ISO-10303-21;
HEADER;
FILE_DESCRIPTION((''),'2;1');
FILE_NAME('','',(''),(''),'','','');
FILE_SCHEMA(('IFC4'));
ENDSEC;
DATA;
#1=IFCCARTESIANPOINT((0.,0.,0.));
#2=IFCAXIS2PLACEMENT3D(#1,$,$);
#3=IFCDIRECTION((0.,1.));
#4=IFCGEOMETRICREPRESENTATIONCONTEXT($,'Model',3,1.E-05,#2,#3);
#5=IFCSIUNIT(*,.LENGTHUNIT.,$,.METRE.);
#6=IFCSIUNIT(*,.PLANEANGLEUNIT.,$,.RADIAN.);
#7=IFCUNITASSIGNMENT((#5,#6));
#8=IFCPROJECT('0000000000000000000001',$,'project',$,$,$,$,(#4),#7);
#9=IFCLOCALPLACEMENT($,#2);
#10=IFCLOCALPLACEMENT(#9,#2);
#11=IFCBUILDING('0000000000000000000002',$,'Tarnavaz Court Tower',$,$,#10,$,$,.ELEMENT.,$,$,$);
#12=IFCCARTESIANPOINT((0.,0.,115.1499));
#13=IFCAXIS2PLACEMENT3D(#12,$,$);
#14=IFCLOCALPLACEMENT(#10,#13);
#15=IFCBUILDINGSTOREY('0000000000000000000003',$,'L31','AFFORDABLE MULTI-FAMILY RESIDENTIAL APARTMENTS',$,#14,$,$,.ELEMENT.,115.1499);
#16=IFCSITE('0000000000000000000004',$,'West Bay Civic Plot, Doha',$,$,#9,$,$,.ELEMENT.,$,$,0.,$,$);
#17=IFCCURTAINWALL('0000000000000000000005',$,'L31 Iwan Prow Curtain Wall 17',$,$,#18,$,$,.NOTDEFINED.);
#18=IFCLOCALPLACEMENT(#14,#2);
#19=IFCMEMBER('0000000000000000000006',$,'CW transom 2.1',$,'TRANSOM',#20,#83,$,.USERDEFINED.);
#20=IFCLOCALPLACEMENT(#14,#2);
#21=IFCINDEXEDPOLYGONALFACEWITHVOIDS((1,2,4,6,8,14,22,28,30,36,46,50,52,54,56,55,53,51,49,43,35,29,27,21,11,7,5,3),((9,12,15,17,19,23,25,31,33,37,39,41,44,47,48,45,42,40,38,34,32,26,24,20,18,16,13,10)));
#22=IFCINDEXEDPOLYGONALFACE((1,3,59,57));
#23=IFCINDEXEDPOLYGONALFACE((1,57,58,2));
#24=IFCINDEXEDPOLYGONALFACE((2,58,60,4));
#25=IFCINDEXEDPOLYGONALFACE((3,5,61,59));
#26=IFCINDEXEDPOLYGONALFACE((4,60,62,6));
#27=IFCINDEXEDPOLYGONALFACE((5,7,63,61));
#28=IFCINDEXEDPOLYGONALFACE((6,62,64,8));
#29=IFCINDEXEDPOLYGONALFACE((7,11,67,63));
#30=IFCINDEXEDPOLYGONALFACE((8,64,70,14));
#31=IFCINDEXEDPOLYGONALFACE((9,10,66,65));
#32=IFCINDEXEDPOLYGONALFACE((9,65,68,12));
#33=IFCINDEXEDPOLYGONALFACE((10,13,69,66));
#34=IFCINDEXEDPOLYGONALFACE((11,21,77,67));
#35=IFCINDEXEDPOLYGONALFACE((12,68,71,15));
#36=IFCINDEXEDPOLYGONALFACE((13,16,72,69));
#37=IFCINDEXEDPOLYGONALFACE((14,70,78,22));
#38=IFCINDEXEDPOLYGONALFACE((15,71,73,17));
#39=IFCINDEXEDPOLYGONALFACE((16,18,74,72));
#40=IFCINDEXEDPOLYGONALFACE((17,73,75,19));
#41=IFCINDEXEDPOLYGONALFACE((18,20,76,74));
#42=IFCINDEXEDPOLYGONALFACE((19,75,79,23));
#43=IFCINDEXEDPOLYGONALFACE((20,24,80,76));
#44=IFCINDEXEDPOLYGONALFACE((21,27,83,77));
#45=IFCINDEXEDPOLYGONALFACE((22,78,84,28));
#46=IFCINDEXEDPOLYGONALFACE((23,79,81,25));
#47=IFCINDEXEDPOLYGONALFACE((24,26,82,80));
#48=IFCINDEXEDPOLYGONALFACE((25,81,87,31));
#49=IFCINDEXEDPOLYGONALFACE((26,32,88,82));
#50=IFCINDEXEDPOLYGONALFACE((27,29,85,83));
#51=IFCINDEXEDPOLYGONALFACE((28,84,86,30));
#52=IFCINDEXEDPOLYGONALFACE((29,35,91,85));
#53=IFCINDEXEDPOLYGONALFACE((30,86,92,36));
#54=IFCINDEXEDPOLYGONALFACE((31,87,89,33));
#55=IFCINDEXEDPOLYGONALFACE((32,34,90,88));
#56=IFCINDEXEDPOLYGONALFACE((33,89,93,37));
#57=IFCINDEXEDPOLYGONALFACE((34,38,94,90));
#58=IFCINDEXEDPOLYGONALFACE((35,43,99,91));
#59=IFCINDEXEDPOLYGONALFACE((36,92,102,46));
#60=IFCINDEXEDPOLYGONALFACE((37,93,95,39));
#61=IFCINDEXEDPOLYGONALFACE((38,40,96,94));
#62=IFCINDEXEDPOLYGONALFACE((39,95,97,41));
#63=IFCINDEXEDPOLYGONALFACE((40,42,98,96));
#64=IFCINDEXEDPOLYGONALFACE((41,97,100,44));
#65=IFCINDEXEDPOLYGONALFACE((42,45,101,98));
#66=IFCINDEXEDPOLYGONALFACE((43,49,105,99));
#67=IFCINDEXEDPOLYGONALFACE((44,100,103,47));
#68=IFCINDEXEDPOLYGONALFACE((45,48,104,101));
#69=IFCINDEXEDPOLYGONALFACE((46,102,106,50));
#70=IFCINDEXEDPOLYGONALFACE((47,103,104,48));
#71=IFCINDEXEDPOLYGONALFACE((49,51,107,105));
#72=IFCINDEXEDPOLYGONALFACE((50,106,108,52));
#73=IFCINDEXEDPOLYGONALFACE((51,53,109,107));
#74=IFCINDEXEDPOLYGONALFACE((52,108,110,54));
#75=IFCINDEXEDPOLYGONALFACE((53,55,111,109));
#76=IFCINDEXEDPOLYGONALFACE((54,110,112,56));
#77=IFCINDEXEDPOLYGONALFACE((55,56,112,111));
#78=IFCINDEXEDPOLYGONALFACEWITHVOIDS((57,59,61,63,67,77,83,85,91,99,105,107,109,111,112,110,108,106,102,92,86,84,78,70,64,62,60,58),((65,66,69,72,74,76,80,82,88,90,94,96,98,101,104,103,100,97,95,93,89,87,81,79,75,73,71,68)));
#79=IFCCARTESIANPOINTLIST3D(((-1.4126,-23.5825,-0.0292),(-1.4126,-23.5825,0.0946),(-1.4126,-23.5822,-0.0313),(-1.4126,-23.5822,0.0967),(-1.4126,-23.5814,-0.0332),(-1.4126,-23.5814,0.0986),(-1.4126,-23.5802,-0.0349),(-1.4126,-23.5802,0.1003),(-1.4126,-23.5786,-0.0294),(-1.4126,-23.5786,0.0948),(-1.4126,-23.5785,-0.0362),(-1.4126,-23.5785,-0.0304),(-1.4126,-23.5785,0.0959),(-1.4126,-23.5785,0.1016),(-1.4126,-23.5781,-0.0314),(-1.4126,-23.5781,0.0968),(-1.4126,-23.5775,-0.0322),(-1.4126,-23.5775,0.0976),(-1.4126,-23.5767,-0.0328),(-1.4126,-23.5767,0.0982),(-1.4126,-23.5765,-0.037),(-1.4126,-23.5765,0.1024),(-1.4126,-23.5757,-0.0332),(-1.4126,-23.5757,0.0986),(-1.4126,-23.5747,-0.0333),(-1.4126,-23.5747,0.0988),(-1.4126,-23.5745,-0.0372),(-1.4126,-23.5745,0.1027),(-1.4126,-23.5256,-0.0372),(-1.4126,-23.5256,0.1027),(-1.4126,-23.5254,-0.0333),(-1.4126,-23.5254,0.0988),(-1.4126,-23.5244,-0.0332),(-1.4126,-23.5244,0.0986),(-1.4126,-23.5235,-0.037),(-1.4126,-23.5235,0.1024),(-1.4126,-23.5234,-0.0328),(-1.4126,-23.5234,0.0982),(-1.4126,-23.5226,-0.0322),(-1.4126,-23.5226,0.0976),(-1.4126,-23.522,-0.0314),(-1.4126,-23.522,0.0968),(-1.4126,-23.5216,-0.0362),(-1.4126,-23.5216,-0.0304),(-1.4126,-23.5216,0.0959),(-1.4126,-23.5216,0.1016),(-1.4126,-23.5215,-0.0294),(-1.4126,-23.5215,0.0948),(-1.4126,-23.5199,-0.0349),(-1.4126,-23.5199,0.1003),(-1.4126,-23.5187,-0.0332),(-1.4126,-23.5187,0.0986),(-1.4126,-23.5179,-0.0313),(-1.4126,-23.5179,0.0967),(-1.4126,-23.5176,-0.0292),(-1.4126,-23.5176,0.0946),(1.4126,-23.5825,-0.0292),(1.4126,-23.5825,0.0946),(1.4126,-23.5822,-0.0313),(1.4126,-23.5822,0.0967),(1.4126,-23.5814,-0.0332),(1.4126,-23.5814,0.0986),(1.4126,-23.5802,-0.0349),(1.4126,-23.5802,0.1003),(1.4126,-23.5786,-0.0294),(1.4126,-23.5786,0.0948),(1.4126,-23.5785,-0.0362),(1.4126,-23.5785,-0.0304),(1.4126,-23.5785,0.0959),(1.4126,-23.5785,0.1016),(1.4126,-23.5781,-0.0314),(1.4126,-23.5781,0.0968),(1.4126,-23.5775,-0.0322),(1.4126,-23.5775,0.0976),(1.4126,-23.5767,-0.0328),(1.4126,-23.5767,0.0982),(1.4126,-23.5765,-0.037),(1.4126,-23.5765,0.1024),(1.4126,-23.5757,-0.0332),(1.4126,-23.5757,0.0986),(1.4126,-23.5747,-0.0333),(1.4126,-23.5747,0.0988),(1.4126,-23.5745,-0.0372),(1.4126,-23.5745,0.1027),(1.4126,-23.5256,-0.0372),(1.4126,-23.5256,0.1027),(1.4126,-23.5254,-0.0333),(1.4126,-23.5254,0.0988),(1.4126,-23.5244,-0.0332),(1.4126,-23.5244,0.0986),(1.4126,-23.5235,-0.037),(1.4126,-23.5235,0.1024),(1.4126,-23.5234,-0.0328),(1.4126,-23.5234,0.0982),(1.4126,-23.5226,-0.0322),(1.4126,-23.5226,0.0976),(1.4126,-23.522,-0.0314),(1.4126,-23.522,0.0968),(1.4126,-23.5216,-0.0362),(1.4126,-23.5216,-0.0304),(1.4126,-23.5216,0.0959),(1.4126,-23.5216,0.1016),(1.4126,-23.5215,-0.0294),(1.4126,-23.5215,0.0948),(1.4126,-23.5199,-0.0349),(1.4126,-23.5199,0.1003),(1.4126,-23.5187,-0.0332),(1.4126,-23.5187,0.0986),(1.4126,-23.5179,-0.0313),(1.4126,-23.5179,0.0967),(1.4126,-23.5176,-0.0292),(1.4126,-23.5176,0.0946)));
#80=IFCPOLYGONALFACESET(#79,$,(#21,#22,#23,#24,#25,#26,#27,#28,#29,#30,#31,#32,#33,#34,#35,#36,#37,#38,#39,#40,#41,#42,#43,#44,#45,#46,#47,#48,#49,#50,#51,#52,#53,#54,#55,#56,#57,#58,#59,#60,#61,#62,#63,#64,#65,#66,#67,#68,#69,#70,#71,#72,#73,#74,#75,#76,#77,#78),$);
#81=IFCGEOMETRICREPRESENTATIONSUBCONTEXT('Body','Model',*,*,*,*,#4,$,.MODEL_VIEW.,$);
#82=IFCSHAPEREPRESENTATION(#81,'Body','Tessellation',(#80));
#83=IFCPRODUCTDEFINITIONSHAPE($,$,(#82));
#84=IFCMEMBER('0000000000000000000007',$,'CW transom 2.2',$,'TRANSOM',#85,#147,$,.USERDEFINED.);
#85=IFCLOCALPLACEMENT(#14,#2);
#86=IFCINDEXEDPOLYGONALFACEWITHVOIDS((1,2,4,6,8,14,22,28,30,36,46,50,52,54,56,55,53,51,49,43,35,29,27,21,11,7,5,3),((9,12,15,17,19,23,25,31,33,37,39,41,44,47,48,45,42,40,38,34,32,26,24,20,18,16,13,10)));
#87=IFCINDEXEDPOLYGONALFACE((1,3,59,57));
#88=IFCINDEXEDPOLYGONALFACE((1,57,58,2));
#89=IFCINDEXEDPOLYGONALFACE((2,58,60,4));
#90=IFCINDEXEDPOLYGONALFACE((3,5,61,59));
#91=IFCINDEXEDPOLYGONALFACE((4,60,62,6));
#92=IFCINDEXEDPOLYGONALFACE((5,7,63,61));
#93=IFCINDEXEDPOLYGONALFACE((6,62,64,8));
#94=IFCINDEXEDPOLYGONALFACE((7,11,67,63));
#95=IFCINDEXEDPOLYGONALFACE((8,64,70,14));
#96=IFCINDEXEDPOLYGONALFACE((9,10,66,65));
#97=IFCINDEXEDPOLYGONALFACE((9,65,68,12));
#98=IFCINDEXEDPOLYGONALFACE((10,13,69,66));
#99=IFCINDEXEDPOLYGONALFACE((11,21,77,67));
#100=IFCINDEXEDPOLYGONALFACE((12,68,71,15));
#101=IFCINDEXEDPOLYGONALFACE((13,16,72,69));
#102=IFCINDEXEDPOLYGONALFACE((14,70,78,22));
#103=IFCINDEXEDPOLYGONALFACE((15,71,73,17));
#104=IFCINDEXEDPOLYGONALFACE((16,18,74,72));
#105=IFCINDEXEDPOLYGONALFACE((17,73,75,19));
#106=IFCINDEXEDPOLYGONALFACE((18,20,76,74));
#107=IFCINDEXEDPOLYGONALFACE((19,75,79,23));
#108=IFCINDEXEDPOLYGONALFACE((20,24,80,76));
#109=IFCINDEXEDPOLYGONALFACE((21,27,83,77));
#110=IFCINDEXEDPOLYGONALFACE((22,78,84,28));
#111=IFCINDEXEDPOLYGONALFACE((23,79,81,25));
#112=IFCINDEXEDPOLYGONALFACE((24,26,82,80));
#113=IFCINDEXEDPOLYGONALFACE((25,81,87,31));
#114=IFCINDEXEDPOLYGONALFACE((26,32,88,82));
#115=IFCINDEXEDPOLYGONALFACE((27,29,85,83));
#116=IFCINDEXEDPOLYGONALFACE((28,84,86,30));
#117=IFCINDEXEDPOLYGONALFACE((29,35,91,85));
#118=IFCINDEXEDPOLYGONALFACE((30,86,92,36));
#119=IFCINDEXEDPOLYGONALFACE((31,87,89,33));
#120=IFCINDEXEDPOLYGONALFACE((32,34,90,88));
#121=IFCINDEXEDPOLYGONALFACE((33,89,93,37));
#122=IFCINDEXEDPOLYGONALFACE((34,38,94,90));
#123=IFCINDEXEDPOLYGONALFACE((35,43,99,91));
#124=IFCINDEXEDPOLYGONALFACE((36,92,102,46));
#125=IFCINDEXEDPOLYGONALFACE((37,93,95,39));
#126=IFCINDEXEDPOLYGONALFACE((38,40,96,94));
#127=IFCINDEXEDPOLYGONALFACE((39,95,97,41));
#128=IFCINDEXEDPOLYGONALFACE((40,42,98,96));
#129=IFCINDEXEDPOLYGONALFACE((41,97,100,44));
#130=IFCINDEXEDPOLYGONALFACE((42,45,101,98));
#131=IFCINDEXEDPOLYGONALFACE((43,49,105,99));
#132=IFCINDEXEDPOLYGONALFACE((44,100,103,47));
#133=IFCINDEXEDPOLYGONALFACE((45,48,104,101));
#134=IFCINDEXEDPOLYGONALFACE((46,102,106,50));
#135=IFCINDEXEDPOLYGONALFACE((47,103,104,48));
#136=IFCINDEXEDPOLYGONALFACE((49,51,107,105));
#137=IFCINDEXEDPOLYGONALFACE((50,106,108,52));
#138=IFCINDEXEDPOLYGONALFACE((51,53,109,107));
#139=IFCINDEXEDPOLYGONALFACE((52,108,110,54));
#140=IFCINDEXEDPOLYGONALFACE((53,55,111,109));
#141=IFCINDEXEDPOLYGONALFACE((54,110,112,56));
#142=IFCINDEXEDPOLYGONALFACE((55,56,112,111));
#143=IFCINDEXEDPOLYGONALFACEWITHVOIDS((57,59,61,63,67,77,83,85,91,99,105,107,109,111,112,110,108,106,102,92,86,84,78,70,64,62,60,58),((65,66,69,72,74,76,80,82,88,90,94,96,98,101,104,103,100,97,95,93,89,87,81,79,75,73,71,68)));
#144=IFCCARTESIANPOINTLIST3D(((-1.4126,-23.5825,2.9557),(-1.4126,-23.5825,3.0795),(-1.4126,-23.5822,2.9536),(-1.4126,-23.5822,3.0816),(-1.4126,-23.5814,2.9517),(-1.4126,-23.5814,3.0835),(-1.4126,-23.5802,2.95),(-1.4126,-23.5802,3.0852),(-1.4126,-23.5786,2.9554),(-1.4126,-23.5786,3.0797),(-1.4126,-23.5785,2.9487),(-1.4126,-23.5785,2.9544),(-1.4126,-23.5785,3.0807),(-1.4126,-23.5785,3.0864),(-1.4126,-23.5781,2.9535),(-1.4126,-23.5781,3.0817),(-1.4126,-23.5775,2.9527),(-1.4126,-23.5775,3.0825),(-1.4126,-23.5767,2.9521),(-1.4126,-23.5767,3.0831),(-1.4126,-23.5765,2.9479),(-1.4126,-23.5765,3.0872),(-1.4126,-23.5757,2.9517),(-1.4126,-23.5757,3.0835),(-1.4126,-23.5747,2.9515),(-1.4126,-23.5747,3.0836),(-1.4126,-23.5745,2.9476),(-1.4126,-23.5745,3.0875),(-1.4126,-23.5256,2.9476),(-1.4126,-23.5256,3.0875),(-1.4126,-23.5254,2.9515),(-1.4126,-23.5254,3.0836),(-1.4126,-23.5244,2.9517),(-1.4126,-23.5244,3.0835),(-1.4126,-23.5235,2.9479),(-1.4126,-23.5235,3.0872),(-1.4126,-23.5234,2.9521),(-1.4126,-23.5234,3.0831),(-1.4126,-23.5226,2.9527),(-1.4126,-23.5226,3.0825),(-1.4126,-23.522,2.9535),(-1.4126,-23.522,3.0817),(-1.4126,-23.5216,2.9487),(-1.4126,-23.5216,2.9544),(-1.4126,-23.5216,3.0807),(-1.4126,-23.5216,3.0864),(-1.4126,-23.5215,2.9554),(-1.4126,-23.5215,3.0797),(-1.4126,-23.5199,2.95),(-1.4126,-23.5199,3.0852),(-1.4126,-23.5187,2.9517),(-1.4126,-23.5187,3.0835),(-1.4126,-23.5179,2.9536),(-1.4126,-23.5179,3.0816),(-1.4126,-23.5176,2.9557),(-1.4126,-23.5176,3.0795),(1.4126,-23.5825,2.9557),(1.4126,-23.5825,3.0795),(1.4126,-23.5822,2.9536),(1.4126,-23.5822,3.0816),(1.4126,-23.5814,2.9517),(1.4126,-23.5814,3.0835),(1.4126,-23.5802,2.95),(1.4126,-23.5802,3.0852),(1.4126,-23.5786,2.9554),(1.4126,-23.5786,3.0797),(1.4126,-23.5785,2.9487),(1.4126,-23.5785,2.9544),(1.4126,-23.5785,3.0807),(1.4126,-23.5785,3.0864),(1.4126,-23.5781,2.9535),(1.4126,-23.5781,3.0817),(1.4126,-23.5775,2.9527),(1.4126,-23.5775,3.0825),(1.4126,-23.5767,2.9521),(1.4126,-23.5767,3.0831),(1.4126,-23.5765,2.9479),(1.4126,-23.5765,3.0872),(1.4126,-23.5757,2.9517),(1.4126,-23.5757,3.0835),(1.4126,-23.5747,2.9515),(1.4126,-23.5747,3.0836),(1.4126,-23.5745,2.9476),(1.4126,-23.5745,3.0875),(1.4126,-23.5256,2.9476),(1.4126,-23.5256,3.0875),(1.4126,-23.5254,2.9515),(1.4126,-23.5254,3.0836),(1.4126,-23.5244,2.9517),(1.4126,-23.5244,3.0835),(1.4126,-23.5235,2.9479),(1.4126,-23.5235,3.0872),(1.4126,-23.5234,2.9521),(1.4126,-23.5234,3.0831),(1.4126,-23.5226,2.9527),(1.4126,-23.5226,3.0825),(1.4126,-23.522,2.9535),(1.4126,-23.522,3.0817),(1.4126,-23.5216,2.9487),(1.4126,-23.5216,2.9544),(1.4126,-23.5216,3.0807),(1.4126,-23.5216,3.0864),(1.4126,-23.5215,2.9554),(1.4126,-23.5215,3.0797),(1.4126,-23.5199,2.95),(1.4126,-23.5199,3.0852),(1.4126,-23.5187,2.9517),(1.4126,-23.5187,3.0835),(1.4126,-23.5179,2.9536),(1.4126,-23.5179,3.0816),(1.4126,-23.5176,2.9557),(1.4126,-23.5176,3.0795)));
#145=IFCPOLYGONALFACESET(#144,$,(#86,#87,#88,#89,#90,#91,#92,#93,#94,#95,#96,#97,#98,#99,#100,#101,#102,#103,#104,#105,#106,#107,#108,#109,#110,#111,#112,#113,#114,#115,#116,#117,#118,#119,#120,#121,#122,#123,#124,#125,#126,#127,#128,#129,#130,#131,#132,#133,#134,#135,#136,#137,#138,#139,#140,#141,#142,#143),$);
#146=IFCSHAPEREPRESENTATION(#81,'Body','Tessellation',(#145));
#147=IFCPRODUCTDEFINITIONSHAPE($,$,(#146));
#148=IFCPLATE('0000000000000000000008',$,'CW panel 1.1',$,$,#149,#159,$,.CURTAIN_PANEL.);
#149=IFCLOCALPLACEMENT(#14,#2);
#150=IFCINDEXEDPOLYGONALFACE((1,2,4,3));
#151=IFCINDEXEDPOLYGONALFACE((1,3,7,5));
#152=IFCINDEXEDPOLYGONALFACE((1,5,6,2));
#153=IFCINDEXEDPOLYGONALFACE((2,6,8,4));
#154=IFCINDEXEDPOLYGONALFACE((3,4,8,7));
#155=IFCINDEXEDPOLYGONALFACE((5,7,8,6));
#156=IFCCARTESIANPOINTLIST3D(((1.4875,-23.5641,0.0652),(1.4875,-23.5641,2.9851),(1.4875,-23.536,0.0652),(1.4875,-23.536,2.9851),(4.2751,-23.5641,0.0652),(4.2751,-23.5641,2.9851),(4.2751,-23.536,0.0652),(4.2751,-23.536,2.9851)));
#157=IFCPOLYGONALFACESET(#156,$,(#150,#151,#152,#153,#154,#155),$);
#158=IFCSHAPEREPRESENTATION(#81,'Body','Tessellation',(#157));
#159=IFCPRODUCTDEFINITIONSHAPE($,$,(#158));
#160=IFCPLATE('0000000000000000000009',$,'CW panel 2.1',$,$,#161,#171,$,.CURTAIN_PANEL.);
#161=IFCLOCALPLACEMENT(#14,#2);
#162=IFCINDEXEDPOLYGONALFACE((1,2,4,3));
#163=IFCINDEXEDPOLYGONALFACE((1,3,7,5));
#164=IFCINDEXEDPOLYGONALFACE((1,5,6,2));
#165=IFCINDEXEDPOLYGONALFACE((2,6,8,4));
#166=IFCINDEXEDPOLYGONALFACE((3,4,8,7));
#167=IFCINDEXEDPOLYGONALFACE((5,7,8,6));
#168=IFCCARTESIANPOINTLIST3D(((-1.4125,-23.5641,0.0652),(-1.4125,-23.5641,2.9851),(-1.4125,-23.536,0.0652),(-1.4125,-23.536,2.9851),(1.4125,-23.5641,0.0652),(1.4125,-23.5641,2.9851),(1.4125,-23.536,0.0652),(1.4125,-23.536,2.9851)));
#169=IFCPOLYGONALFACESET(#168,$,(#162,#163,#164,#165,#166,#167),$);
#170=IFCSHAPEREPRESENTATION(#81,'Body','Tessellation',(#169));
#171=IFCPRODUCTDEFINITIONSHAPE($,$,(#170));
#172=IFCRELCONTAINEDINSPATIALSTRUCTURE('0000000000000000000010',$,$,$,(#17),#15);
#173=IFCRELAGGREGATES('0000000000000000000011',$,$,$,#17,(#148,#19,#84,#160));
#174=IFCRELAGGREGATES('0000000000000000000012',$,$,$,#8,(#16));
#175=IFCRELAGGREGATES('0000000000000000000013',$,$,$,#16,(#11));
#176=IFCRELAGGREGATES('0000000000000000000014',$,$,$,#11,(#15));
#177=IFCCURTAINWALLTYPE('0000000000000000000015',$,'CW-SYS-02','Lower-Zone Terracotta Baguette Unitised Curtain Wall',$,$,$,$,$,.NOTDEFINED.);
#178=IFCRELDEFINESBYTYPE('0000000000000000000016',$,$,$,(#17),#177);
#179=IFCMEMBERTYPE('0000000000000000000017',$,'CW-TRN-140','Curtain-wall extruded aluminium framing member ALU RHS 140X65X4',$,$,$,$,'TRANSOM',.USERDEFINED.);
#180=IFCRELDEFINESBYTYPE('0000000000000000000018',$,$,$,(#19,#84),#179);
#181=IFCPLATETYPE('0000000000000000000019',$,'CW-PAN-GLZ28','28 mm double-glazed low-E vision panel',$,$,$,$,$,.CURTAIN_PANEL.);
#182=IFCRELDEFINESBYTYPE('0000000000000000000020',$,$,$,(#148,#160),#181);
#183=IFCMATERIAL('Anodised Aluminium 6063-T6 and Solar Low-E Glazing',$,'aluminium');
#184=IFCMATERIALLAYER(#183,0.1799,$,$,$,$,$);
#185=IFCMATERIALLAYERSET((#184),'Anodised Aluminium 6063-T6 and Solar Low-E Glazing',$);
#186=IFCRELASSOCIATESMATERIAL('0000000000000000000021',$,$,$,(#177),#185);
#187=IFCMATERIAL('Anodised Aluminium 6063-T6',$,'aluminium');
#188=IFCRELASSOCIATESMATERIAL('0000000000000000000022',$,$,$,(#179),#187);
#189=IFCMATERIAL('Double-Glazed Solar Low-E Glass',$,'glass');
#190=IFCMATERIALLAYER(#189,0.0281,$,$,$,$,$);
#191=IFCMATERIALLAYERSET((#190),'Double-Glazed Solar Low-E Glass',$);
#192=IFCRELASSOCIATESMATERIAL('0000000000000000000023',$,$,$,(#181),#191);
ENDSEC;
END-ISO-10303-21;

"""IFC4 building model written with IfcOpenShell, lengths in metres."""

from ifc_helpers import new_model, si_unit, direction, frame, origin, origin_2d, place, context, subcontext, project, spatial, rectangle, hollow_rectangle, extrude, material, layer, layer_set, material_profile, profile_set, type_object, element, aggregate, save


model = new_model("IFC4")

# Units and contexts
model_context = context("Model", 3, precision=1e-05, world=origin(), true_north=direction((0.0, 1.0)))
body_context = subcontext(model_context, "Body", "Model", "MODEL_VIEW")
ifc_project = project(units=[si_unit("LENGTHUNIT", "METRE"), si_unit("PLANEANGLEUNIT", "RADIAN")], contexts=[model_context])

# Site, building, storey
site_placement = place(None, origin())
site = spatial("IfcSite", under=ifc_project, at=site_placement, Name="West Bay Civic Plot, Doha", CompositionType="ELEMENT", RefElevation=0.0)
building_placement = place(site_placement, origin())
building = spatial("IfcBuilding", under=site, at=building_placement, Name="Tarnavaz Court Tower", CompositionType="ELEMENT")
storey_placement = place(building_placement, frame((0.0, 0.0, 115.1499)))
storey = spatial("IfcBuildingStorey", under=building, at=storey_placement, Name="L31", Description="AFFORDABLE MULTI-FAMILY RESIDENTIAL APARTMENTS", CompositionType="ELEMENT", Elevation=115.1499)

# Curtain wall, members, plates
ifc_material_1 = material(Name="Anodised Aluminium 6063-T6 and Solar Low-E Glazing", Category="aluminium")
ifc_layer_1 = layer(ifc_material_1, 0.1799)
ifc_layer_set_1 = layer_set([ifc_layer_1], Name="Anodised Aluminium 6063-T6 and Solar Low-E Glazing")
curtain_wall_type = type_object("IfcCurtainWallType", Name="CW-SYS-02", Description="Lower-Zone Terracotta Baguette Unitised Curtain Wall", PredefinedType="NOTDEFINED", material=ifc_layer_set_1)
curtain_wall_placement = place(storey_placement, origin())
curtain_wall = element("IfcCurtainWall", 1, at=curtain_wall_placement, inside=storey, type_object=curtain_wall_type, Name="L31 Iwan Prow Curtain Wall 17", PredefinedType="NOTDEFINED")
ifc_material_2 = material(Name="Anodised Aluminium 6063-T6", Category="aluminium")
ifc_material_profile_1 = material_profile(ifc_material_2, hollow_rectangle(XDim=0.0649, YDim=0.1399, WallThickness=0.0039, InnerFilletRadius=0.0039, OuterFilletRadius=0.0081, at=origin_2d()), Name="ALU RHS 140X65X4")
ifc_profile_set_1 = profile_set([ifc_material_profile_1], Name="Anodised Aluminium 6063-T6")
member_type_1 = type_object("IfcMemberType", Name="CW-TRN-140", Description="Curtain-wall extruded aluminium framing member ALU RHS 140X65X4", ElementType="TRANSOM", PredefinedType="USERDEFINED", material=ifc_profile_set_1)
member_1_placement = place(storey_placement, frame((1.4126, -23.55, 0.0327), z_axis=(-1.0, 0.0, 0.0), x_axis=(0.0, -1.0, 0.0)))
member_1 = element("IfcMember", 2, at=member_1_placement, type_object=member_type_1, Name="CW transom 2.1", ObjectType="TRANSOM", PredefinedType="USERDEFINED", context=body_context, shape_type="SweptSolid", body=[
    extrude(hollow_rectangle(XDim=0.0649, YDim=0.1399, WallThickness=0.0039, InnerFilletRadius=0.0039, OuterFilletRadius=0.0081, at=origin_2d()), origin(), (0.0, 0.0, 1.0), 2.8252),
])
member_2_placement = place(storey_placement, frame((1.4126, -23.55, 3.0176), z_axis=(-1.0, 0.0, 0.0), x_axis=(0.0, -1.0, 0.0)))
member_2 = element("IfcMember", 3, at=member_2_placement, type_object=member_type_1, Name="CW transom 2.2", ObjectType="TRANSOM", PredefinedType="USERDEFINED", context=body_context, shape_type="SweptSolid", body=[
    extrude(hollow_rectangle(XDim=0.0649, YDim=0.1399, WallThickness=0.0039, InnerFilletRadius=0.0039, OuterFilletRadius=0.0081, at=origin_2d()), origin(), (0.0, 0.0, 1.0), 2.8252),
])
ifc_material_3 = material(Name="Double-Glazed Solar Low-E Glass", Category="glass")
ifc_layer_2 = layer(ifc_material_3, 0.0281)
ifc_layer_set_2 = layer_set([ifc_layer_2], Name="Double-Glazed Solar Low-E Glass")
plate_type = type_object("IfcPlateType", Name="CW-PAN-GLZ28", Description="28 mm double-glazed low-E vision panel", PredefinedType="CURTAIN_PANEL", material=ifc_layer_set_2)
plate_1_placement = place(storey_placement, frame((2.8813, -23.55, 0.0652), z_axis=(0.0, 0.0, 1.0), x_axis=(-1.0, 0.0, 0.0)))
plate_1 = element("IfcPlate", 4, at=plate_1_placement, type_object=plate_type, Name="CW panel 1.1", PredefinedType="CURTAIN_PANEL", context=body_context, shape_type="SweptSolid", body=[
    extrude(rectangle(XDim=2.7876, YDim=0.0281, at=origin_2d()), origin(), (0.0, 0.0, 1.0), 2.9199),
])
plate_2_placement = place(storey_placement, frame((0.0, -23.55, 0.0652), z_axis=(0.0, 0.0, 1.0), x_axis=(-1.0, 0.0, 0.0)))
plate_2 = element("IfcPlate", 5, at=plate_2_placement, type_object=plate_type, Name="CW panel 2.1", PredefinedType="CURTAIN_PANEL", context=body_context, shape_type="SweptSolid", body=[
    extrude(rectangle(XDim=2.825, YDim=0.0281, at=origin_2d()), origin(), (0.0, 0.0, 1.0), 2.9199),
])
aggregate(curtain_wall, [plate_1, member_1, member_2, plate_2])

save(model, "model.ifc")
